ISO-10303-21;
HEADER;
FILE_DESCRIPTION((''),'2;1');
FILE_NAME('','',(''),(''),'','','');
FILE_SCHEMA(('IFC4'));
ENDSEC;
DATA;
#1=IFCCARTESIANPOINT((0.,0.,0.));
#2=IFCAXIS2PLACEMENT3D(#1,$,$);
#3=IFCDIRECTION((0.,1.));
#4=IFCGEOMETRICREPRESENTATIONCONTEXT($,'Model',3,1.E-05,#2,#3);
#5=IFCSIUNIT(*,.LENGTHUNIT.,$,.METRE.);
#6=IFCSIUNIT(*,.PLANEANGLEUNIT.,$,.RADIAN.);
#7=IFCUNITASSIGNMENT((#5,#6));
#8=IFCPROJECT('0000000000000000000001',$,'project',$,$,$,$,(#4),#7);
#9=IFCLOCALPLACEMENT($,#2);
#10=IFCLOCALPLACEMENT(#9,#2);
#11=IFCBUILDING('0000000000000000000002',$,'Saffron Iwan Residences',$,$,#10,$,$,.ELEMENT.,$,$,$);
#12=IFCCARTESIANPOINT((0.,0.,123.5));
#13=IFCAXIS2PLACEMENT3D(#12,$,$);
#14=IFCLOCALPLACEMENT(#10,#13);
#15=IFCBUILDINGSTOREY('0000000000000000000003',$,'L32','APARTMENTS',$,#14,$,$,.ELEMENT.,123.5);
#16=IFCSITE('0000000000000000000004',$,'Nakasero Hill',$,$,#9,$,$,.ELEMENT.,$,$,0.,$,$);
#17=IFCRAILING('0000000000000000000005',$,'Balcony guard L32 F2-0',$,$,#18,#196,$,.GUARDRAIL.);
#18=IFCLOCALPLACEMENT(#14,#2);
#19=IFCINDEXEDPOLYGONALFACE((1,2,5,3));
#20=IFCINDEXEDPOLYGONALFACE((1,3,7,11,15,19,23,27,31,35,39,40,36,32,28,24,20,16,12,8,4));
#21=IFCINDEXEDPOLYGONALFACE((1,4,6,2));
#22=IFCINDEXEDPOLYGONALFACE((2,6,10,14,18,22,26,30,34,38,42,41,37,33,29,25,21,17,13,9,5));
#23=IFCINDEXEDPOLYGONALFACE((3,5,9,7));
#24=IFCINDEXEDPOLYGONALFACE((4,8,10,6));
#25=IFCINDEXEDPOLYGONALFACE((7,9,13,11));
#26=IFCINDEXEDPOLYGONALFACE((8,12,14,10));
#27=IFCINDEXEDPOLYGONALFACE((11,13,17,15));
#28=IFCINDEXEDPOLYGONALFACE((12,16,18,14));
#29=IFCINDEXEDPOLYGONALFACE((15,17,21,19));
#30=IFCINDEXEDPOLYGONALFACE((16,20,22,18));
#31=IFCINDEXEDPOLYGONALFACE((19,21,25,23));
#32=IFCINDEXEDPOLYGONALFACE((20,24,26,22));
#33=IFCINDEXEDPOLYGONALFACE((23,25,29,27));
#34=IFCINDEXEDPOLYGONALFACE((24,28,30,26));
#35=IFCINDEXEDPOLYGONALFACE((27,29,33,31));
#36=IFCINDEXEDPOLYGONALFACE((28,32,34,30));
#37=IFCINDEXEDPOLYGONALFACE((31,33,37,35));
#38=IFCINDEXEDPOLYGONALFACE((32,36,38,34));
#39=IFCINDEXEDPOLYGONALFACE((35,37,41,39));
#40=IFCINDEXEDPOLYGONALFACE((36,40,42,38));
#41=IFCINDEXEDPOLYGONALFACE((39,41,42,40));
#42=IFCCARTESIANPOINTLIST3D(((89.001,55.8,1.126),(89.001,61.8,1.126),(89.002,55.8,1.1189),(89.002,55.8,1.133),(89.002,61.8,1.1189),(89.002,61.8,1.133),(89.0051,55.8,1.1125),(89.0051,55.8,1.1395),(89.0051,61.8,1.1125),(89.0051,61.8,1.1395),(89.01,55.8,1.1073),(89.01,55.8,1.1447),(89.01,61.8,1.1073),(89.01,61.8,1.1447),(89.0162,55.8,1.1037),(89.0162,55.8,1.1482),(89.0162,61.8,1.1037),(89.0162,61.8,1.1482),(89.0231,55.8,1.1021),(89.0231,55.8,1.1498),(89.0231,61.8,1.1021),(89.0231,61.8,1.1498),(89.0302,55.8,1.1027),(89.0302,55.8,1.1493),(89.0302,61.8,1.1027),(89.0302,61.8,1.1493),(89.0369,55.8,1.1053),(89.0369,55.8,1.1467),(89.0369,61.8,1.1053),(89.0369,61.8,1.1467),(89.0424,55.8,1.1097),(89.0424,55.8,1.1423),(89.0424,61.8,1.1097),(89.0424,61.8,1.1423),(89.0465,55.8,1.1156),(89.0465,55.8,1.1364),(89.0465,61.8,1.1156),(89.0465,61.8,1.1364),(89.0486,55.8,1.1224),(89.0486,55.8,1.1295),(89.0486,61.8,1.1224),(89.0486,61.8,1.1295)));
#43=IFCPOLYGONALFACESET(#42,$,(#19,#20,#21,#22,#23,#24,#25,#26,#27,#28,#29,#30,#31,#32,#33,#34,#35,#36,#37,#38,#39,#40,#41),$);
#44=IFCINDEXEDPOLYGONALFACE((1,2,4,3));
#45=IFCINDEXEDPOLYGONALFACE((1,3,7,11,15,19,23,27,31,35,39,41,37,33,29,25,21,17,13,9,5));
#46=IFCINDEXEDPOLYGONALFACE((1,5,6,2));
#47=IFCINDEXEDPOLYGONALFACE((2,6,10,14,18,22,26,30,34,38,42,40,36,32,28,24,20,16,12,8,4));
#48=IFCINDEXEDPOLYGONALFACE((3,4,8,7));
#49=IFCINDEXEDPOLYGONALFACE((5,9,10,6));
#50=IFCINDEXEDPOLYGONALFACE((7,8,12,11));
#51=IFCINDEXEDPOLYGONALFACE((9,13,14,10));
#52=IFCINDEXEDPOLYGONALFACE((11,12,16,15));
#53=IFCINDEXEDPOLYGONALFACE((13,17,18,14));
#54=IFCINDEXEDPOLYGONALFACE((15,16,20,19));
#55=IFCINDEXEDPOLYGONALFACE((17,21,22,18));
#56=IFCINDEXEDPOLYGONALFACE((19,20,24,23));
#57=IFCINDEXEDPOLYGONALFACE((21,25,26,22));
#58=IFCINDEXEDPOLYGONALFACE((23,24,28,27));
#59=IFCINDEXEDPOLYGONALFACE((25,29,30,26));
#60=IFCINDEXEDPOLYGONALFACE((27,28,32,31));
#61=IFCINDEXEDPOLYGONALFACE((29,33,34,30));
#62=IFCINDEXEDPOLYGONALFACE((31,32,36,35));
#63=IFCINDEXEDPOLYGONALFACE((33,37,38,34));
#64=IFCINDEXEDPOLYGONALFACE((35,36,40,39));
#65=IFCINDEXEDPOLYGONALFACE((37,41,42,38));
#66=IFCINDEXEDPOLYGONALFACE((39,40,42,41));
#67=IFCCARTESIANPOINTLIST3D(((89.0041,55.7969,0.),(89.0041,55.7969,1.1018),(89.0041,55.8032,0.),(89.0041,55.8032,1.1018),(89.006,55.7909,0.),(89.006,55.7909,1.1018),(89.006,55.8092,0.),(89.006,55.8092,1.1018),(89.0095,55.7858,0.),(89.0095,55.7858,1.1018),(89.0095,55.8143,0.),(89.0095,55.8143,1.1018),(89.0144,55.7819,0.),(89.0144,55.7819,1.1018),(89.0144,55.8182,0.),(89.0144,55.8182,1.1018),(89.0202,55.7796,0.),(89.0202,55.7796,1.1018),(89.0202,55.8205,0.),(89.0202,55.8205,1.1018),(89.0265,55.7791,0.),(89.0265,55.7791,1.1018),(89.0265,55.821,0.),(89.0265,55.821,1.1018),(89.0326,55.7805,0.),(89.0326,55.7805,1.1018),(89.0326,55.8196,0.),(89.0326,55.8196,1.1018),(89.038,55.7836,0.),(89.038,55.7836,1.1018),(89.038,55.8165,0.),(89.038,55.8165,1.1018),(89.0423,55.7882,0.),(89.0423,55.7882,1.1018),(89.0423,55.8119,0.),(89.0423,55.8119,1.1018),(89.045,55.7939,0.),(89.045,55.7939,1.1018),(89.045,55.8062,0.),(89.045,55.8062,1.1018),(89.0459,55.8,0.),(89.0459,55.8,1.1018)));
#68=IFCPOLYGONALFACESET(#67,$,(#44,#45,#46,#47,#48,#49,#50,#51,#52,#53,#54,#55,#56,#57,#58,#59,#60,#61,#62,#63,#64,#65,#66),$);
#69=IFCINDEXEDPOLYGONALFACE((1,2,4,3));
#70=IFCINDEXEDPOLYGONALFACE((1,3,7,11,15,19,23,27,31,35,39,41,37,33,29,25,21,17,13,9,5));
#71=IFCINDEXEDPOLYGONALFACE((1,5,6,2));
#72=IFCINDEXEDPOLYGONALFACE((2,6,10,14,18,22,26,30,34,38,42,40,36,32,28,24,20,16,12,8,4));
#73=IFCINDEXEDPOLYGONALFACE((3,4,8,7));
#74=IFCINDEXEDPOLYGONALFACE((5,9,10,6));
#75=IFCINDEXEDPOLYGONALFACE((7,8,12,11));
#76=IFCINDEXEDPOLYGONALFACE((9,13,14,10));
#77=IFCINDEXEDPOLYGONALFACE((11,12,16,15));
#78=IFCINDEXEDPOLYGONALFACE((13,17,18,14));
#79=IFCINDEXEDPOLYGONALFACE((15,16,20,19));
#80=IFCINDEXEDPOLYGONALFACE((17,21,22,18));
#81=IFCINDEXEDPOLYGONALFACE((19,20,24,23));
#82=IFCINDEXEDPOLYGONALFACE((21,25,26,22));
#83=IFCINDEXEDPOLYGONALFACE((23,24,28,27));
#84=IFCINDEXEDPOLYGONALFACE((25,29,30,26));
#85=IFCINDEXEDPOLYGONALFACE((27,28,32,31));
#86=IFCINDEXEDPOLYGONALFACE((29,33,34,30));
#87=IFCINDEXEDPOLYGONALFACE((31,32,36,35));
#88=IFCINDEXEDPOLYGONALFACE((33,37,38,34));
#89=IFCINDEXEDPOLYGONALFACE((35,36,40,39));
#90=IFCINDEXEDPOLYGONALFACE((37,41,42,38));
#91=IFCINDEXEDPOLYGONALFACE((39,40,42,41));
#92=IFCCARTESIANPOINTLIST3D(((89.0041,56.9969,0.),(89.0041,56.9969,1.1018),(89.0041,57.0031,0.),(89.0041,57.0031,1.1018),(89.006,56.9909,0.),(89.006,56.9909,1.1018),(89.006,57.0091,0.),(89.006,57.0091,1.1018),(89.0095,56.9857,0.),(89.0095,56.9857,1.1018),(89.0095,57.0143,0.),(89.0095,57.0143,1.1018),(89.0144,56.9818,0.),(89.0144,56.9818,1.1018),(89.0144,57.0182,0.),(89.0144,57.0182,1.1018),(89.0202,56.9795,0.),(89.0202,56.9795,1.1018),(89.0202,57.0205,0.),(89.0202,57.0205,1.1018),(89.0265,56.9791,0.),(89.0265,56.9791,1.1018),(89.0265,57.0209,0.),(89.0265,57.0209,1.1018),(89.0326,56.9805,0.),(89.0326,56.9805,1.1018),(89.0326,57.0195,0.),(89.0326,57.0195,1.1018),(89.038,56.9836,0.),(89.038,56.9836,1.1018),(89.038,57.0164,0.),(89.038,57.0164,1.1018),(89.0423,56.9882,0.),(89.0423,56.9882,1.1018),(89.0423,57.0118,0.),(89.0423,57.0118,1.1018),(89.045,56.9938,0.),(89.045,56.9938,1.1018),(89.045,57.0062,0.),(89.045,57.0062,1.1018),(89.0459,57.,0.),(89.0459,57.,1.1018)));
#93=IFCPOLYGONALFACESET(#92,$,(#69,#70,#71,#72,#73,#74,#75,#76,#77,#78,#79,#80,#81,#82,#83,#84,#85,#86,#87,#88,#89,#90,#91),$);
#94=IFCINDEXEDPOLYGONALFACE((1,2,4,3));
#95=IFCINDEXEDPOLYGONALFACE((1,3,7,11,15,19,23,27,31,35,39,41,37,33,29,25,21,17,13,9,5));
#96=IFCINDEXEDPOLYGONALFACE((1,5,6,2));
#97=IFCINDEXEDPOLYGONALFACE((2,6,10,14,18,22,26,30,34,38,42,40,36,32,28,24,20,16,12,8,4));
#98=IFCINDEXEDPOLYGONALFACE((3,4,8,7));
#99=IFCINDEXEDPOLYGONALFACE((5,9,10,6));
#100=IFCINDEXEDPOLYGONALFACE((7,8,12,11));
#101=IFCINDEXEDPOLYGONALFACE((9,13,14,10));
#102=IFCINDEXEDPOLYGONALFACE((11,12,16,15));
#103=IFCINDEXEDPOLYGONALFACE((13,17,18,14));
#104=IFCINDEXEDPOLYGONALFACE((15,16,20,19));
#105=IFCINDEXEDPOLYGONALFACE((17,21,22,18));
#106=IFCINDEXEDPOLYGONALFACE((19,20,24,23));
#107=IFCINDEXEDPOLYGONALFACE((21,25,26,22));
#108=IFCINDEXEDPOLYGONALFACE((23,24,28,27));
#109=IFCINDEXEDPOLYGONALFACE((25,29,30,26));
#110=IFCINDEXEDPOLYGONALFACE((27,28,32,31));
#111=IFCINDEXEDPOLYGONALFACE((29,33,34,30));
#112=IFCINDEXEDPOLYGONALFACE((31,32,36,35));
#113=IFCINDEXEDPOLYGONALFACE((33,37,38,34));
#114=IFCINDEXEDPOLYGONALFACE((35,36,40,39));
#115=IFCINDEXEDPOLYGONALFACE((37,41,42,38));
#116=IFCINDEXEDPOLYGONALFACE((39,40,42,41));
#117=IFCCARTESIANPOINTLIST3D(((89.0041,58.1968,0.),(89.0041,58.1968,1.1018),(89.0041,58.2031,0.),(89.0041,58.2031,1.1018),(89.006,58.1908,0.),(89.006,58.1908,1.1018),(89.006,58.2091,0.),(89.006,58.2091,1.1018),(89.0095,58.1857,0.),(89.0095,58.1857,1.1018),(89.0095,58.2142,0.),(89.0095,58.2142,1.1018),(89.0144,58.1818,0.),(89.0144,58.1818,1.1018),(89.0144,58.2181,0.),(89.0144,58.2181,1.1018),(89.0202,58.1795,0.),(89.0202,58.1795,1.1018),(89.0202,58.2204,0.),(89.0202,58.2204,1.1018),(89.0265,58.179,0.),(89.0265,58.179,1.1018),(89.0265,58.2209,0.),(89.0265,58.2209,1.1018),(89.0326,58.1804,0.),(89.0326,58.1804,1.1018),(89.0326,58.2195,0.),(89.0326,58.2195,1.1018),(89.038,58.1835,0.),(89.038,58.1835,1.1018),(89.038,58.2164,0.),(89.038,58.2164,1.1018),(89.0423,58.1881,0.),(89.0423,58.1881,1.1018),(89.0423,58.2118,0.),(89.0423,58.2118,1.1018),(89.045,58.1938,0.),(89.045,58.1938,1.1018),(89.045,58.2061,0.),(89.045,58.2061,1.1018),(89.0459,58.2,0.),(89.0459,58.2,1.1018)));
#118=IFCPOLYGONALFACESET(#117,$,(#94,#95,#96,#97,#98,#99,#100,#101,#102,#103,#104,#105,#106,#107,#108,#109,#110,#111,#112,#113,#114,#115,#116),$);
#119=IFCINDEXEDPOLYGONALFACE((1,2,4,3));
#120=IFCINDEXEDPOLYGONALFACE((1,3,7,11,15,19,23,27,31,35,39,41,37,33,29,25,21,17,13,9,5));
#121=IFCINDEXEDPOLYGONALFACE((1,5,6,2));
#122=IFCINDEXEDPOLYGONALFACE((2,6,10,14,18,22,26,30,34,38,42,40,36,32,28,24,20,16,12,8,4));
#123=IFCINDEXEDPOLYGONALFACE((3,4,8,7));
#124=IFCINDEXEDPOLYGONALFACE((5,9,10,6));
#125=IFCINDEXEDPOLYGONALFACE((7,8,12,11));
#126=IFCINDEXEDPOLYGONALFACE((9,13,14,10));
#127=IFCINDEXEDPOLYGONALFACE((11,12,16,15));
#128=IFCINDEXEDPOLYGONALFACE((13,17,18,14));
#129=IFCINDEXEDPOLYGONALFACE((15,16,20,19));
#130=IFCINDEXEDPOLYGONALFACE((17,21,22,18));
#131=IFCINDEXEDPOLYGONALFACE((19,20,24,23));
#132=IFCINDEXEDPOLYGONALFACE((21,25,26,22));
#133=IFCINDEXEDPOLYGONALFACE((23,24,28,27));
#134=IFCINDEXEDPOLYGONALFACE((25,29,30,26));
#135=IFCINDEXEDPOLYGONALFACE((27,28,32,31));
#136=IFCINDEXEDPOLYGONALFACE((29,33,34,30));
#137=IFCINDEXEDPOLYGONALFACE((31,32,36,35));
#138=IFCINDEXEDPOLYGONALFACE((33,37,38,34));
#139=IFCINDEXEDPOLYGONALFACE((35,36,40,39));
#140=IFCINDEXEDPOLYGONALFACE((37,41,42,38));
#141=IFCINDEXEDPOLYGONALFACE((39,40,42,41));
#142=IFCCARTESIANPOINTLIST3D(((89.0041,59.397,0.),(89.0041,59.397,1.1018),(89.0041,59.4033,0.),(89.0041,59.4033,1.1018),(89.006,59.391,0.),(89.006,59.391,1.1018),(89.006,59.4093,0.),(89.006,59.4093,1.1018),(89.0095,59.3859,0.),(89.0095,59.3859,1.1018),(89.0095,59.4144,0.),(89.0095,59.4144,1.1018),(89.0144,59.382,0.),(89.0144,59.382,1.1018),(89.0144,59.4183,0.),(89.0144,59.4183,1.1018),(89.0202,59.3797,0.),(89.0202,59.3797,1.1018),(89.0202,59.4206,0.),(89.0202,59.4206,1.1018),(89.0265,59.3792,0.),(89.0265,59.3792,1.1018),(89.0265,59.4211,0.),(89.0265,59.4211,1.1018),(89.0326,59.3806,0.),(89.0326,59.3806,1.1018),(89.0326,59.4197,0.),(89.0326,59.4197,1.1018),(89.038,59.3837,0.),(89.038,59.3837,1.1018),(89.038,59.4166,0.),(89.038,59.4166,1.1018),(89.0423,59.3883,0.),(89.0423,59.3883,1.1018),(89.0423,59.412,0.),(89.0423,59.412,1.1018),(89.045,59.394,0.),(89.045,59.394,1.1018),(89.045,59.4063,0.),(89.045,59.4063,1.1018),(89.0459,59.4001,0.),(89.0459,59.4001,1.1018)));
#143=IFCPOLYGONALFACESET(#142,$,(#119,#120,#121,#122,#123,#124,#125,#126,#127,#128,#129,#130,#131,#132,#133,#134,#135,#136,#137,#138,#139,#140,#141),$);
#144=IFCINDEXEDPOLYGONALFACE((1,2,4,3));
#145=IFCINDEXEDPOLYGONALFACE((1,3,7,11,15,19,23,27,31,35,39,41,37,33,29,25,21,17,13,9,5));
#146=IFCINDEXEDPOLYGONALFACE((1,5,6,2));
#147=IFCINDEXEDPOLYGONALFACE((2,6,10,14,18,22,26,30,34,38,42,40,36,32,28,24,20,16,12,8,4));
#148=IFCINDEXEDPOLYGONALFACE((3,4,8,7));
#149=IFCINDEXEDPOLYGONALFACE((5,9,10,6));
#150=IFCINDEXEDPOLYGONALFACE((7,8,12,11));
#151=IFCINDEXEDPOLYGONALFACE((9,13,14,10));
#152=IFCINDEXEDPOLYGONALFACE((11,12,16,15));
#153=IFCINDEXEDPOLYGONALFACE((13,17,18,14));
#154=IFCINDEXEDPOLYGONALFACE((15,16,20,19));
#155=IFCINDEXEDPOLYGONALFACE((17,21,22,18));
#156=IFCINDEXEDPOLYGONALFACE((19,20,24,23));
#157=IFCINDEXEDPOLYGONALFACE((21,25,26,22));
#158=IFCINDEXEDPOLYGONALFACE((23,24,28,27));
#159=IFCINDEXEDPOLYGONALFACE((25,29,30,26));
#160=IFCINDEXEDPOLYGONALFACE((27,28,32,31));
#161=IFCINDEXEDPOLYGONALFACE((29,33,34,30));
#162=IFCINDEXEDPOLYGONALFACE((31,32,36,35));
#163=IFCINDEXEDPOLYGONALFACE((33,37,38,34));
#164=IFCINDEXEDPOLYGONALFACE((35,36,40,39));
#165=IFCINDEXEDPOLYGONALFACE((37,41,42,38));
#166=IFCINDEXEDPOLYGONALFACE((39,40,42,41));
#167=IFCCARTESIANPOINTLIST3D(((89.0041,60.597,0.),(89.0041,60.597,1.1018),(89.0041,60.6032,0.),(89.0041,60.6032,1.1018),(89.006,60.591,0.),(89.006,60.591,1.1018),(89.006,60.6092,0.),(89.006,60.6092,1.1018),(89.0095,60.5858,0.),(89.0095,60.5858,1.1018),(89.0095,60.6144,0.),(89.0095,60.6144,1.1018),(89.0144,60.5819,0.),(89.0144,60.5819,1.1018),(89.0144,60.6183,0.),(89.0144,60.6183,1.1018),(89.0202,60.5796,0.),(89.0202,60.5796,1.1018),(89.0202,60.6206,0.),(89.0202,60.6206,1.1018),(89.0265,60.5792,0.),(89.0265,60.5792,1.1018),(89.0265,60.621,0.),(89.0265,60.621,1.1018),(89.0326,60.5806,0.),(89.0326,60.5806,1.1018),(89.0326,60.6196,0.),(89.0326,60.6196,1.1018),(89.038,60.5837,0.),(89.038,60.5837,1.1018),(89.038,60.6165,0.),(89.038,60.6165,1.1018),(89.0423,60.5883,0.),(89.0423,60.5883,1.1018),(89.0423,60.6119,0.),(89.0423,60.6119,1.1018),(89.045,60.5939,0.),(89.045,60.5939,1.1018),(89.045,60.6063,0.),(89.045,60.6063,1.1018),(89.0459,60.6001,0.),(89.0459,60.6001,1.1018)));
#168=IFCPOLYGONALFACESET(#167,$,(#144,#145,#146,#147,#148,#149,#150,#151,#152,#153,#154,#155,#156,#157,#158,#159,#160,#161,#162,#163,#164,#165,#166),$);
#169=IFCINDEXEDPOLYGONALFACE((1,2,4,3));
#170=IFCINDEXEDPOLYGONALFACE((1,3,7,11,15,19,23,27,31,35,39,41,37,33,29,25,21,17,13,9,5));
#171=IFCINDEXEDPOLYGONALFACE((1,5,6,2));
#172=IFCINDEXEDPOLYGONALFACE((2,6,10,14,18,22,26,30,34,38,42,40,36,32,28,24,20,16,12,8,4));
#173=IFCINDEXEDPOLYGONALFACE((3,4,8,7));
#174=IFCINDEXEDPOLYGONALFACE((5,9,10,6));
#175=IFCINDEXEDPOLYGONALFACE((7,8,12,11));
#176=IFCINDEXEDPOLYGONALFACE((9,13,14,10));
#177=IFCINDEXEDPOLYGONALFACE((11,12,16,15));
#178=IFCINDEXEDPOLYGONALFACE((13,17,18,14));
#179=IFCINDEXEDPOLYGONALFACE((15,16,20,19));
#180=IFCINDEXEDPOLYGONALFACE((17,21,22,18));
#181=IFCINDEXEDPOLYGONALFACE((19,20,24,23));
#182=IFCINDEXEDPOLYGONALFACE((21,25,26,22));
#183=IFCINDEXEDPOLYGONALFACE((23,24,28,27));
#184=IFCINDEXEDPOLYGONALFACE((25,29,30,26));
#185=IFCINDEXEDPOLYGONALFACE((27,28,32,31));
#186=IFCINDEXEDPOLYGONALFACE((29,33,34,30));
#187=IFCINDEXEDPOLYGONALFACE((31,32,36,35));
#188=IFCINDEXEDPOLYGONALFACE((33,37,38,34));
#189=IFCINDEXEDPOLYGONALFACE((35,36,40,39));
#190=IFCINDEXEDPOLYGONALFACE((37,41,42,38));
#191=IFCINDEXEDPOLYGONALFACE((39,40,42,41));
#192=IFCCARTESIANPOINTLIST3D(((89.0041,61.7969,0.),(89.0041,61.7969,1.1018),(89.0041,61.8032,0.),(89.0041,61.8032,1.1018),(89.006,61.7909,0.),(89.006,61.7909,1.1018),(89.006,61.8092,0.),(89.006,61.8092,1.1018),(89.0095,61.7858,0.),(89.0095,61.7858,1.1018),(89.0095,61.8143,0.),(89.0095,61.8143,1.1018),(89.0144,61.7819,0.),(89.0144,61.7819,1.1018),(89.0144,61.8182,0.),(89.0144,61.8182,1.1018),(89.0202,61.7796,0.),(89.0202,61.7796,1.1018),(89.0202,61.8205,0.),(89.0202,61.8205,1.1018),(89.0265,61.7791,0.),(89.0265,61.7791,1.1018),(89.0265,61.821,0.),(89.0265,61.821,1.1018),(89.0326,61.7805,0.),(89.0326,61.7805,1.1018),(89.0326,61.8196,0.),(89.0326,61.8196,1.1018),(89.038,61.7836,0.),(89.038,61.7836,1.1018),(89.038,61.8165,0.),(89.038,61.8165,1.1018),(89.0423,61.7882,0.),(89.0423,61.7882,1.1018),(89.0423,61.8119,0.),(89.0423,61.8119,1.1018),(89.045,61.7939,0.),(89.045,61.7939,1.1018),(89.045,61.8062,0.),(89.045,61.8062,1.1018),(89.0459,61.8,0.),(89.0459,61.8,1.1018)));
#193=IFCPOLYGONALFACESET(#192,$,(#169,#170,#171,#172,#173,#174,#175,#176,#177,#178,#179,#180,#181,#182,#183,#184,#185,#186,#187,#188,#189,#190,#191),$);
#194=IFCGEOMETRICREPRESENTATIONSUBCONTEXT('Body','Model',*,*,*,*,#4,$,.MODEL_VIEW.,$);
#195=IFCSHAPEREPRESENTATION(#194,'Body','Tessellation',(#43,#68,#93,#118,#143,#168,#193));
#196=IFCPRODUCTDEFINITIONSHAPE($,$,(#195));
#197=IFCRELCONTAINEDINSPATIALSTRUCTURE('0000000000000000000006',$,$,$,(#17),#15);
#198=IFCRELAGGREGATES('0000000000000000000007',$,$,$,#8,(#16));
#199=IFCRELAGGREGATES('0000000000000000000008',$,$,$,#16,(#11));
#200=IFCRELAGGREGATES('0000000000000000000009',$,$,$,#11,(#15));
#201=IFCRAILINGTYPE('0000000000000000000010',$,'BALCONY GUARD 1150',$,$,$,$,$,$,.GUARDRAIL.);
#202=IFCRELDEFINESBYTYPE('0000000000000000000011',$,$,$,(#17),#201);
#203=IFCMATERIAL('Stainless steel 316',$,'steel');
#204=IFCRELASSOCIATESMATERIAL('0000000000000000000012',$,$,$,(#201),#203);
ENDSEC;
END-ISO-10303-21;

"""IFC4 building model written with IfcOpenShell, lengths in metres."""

from ifc_helpers import new_model, si_unit, direction, frame, origin, origin_2d, place, context, subcontext, project, spatial, circle, extrude, material, type_object, element, save


model = new_model("IFC4")

# Units and contexts
model_context = context("Model", 3, precision=1e-05, world=origin(), true_north=direction((0.0, 1.0)))
body_context = subcontext(model_context, "Body", "Model", "MODEL_VIEW")
ifc_project = project(units=[si_unit("LENGTHUNIT", "METRE"), si_unit("PLANEANGLEUNIT", "RADIAN")], contexts=[model_context])

# Site, building, storey
site_placement = place(None, origin())
site = spatial("IfcSite", under=ifc_project, at=site_placement, Name="Nakasero Hill", CompositionType="ELEMENT", RefElevation=0.0)
building_placement = place(site_placement, origin())
building = spatial("IfcBuilding", under=site, at=building_placement, Name="Saffron Iwan Residences", CompositionType="ELEMENT")
storey_placement = place(building_placement, frame((0.0, 0.0, 123.5)))
storey = spatial("IfcBuildingStorey", under=building, at=storey_placement, Name="L32", Description="APARTMENTS", CompositionType="ELEMENT", Elevation=123.5)

# Railing
ifc_material_1 = material(Name="Stainless steel 316", Category="steel")
railing_type = type_object("IfcRailingType", Name="BALCONY GUARD 1150", PredefinedType="GUARDRAIL", material=ifc_material_1)
railing_placement = place(storey_placement, frame((89.0249, 55.8, 0.0)))
element("IfcRailing", 1, at=railing_placement, inside=storey, type_object=railing_type, Name="Balcony guard L32 F2-0", PredefinedType="GUARDRAIL", context=body_context, shape_type="SweptSolid", body=[
    extrude(circle(Radius=0.0239, at=origin_2d()), frame((0.0, 0.0, 1.126), z_axis=(0.0, 1.0, 0.0), x_axis=(-1.0, 0.0, 0.0)), (0.0, 0.0, 1.0), 6.0),
    extrude(circle(Radius=0.021, at=origin_2d()), origin(), (0.0, 0.0, 1.0), 1.1018),
    extrude(circle(Radius=0.021, at=origin_2d()), frame((0.0, 1.2, 0.0)), (0.0, 0.0, 1.0), 1.1018),
    extrude(circle(Radius=0.021, at=origin_2d()), frame((0.0, 2.3999, 0.0)), (0.0, 0.0, 1.0), 1.1018),
    extrude(circle(Radius=0.021, at=origin_2d()), frame((0.0, 3.6001, 0.0)), (0.0, 0.0, 1.0), 1.1018),
    extrude(circle(Radius=0.021, at=origin_2d()), frame((0.0, 4.8, 0.0)), (0.0, 0.0, 1.0), 1.1018),
    extrude(circle(Radius=0.021, at=origin_2d()), frame((0.0, 6.0, 0.0)), (0.0, 0.0, 1.0), 1.1018),
])

save(model, "model.ifc")
